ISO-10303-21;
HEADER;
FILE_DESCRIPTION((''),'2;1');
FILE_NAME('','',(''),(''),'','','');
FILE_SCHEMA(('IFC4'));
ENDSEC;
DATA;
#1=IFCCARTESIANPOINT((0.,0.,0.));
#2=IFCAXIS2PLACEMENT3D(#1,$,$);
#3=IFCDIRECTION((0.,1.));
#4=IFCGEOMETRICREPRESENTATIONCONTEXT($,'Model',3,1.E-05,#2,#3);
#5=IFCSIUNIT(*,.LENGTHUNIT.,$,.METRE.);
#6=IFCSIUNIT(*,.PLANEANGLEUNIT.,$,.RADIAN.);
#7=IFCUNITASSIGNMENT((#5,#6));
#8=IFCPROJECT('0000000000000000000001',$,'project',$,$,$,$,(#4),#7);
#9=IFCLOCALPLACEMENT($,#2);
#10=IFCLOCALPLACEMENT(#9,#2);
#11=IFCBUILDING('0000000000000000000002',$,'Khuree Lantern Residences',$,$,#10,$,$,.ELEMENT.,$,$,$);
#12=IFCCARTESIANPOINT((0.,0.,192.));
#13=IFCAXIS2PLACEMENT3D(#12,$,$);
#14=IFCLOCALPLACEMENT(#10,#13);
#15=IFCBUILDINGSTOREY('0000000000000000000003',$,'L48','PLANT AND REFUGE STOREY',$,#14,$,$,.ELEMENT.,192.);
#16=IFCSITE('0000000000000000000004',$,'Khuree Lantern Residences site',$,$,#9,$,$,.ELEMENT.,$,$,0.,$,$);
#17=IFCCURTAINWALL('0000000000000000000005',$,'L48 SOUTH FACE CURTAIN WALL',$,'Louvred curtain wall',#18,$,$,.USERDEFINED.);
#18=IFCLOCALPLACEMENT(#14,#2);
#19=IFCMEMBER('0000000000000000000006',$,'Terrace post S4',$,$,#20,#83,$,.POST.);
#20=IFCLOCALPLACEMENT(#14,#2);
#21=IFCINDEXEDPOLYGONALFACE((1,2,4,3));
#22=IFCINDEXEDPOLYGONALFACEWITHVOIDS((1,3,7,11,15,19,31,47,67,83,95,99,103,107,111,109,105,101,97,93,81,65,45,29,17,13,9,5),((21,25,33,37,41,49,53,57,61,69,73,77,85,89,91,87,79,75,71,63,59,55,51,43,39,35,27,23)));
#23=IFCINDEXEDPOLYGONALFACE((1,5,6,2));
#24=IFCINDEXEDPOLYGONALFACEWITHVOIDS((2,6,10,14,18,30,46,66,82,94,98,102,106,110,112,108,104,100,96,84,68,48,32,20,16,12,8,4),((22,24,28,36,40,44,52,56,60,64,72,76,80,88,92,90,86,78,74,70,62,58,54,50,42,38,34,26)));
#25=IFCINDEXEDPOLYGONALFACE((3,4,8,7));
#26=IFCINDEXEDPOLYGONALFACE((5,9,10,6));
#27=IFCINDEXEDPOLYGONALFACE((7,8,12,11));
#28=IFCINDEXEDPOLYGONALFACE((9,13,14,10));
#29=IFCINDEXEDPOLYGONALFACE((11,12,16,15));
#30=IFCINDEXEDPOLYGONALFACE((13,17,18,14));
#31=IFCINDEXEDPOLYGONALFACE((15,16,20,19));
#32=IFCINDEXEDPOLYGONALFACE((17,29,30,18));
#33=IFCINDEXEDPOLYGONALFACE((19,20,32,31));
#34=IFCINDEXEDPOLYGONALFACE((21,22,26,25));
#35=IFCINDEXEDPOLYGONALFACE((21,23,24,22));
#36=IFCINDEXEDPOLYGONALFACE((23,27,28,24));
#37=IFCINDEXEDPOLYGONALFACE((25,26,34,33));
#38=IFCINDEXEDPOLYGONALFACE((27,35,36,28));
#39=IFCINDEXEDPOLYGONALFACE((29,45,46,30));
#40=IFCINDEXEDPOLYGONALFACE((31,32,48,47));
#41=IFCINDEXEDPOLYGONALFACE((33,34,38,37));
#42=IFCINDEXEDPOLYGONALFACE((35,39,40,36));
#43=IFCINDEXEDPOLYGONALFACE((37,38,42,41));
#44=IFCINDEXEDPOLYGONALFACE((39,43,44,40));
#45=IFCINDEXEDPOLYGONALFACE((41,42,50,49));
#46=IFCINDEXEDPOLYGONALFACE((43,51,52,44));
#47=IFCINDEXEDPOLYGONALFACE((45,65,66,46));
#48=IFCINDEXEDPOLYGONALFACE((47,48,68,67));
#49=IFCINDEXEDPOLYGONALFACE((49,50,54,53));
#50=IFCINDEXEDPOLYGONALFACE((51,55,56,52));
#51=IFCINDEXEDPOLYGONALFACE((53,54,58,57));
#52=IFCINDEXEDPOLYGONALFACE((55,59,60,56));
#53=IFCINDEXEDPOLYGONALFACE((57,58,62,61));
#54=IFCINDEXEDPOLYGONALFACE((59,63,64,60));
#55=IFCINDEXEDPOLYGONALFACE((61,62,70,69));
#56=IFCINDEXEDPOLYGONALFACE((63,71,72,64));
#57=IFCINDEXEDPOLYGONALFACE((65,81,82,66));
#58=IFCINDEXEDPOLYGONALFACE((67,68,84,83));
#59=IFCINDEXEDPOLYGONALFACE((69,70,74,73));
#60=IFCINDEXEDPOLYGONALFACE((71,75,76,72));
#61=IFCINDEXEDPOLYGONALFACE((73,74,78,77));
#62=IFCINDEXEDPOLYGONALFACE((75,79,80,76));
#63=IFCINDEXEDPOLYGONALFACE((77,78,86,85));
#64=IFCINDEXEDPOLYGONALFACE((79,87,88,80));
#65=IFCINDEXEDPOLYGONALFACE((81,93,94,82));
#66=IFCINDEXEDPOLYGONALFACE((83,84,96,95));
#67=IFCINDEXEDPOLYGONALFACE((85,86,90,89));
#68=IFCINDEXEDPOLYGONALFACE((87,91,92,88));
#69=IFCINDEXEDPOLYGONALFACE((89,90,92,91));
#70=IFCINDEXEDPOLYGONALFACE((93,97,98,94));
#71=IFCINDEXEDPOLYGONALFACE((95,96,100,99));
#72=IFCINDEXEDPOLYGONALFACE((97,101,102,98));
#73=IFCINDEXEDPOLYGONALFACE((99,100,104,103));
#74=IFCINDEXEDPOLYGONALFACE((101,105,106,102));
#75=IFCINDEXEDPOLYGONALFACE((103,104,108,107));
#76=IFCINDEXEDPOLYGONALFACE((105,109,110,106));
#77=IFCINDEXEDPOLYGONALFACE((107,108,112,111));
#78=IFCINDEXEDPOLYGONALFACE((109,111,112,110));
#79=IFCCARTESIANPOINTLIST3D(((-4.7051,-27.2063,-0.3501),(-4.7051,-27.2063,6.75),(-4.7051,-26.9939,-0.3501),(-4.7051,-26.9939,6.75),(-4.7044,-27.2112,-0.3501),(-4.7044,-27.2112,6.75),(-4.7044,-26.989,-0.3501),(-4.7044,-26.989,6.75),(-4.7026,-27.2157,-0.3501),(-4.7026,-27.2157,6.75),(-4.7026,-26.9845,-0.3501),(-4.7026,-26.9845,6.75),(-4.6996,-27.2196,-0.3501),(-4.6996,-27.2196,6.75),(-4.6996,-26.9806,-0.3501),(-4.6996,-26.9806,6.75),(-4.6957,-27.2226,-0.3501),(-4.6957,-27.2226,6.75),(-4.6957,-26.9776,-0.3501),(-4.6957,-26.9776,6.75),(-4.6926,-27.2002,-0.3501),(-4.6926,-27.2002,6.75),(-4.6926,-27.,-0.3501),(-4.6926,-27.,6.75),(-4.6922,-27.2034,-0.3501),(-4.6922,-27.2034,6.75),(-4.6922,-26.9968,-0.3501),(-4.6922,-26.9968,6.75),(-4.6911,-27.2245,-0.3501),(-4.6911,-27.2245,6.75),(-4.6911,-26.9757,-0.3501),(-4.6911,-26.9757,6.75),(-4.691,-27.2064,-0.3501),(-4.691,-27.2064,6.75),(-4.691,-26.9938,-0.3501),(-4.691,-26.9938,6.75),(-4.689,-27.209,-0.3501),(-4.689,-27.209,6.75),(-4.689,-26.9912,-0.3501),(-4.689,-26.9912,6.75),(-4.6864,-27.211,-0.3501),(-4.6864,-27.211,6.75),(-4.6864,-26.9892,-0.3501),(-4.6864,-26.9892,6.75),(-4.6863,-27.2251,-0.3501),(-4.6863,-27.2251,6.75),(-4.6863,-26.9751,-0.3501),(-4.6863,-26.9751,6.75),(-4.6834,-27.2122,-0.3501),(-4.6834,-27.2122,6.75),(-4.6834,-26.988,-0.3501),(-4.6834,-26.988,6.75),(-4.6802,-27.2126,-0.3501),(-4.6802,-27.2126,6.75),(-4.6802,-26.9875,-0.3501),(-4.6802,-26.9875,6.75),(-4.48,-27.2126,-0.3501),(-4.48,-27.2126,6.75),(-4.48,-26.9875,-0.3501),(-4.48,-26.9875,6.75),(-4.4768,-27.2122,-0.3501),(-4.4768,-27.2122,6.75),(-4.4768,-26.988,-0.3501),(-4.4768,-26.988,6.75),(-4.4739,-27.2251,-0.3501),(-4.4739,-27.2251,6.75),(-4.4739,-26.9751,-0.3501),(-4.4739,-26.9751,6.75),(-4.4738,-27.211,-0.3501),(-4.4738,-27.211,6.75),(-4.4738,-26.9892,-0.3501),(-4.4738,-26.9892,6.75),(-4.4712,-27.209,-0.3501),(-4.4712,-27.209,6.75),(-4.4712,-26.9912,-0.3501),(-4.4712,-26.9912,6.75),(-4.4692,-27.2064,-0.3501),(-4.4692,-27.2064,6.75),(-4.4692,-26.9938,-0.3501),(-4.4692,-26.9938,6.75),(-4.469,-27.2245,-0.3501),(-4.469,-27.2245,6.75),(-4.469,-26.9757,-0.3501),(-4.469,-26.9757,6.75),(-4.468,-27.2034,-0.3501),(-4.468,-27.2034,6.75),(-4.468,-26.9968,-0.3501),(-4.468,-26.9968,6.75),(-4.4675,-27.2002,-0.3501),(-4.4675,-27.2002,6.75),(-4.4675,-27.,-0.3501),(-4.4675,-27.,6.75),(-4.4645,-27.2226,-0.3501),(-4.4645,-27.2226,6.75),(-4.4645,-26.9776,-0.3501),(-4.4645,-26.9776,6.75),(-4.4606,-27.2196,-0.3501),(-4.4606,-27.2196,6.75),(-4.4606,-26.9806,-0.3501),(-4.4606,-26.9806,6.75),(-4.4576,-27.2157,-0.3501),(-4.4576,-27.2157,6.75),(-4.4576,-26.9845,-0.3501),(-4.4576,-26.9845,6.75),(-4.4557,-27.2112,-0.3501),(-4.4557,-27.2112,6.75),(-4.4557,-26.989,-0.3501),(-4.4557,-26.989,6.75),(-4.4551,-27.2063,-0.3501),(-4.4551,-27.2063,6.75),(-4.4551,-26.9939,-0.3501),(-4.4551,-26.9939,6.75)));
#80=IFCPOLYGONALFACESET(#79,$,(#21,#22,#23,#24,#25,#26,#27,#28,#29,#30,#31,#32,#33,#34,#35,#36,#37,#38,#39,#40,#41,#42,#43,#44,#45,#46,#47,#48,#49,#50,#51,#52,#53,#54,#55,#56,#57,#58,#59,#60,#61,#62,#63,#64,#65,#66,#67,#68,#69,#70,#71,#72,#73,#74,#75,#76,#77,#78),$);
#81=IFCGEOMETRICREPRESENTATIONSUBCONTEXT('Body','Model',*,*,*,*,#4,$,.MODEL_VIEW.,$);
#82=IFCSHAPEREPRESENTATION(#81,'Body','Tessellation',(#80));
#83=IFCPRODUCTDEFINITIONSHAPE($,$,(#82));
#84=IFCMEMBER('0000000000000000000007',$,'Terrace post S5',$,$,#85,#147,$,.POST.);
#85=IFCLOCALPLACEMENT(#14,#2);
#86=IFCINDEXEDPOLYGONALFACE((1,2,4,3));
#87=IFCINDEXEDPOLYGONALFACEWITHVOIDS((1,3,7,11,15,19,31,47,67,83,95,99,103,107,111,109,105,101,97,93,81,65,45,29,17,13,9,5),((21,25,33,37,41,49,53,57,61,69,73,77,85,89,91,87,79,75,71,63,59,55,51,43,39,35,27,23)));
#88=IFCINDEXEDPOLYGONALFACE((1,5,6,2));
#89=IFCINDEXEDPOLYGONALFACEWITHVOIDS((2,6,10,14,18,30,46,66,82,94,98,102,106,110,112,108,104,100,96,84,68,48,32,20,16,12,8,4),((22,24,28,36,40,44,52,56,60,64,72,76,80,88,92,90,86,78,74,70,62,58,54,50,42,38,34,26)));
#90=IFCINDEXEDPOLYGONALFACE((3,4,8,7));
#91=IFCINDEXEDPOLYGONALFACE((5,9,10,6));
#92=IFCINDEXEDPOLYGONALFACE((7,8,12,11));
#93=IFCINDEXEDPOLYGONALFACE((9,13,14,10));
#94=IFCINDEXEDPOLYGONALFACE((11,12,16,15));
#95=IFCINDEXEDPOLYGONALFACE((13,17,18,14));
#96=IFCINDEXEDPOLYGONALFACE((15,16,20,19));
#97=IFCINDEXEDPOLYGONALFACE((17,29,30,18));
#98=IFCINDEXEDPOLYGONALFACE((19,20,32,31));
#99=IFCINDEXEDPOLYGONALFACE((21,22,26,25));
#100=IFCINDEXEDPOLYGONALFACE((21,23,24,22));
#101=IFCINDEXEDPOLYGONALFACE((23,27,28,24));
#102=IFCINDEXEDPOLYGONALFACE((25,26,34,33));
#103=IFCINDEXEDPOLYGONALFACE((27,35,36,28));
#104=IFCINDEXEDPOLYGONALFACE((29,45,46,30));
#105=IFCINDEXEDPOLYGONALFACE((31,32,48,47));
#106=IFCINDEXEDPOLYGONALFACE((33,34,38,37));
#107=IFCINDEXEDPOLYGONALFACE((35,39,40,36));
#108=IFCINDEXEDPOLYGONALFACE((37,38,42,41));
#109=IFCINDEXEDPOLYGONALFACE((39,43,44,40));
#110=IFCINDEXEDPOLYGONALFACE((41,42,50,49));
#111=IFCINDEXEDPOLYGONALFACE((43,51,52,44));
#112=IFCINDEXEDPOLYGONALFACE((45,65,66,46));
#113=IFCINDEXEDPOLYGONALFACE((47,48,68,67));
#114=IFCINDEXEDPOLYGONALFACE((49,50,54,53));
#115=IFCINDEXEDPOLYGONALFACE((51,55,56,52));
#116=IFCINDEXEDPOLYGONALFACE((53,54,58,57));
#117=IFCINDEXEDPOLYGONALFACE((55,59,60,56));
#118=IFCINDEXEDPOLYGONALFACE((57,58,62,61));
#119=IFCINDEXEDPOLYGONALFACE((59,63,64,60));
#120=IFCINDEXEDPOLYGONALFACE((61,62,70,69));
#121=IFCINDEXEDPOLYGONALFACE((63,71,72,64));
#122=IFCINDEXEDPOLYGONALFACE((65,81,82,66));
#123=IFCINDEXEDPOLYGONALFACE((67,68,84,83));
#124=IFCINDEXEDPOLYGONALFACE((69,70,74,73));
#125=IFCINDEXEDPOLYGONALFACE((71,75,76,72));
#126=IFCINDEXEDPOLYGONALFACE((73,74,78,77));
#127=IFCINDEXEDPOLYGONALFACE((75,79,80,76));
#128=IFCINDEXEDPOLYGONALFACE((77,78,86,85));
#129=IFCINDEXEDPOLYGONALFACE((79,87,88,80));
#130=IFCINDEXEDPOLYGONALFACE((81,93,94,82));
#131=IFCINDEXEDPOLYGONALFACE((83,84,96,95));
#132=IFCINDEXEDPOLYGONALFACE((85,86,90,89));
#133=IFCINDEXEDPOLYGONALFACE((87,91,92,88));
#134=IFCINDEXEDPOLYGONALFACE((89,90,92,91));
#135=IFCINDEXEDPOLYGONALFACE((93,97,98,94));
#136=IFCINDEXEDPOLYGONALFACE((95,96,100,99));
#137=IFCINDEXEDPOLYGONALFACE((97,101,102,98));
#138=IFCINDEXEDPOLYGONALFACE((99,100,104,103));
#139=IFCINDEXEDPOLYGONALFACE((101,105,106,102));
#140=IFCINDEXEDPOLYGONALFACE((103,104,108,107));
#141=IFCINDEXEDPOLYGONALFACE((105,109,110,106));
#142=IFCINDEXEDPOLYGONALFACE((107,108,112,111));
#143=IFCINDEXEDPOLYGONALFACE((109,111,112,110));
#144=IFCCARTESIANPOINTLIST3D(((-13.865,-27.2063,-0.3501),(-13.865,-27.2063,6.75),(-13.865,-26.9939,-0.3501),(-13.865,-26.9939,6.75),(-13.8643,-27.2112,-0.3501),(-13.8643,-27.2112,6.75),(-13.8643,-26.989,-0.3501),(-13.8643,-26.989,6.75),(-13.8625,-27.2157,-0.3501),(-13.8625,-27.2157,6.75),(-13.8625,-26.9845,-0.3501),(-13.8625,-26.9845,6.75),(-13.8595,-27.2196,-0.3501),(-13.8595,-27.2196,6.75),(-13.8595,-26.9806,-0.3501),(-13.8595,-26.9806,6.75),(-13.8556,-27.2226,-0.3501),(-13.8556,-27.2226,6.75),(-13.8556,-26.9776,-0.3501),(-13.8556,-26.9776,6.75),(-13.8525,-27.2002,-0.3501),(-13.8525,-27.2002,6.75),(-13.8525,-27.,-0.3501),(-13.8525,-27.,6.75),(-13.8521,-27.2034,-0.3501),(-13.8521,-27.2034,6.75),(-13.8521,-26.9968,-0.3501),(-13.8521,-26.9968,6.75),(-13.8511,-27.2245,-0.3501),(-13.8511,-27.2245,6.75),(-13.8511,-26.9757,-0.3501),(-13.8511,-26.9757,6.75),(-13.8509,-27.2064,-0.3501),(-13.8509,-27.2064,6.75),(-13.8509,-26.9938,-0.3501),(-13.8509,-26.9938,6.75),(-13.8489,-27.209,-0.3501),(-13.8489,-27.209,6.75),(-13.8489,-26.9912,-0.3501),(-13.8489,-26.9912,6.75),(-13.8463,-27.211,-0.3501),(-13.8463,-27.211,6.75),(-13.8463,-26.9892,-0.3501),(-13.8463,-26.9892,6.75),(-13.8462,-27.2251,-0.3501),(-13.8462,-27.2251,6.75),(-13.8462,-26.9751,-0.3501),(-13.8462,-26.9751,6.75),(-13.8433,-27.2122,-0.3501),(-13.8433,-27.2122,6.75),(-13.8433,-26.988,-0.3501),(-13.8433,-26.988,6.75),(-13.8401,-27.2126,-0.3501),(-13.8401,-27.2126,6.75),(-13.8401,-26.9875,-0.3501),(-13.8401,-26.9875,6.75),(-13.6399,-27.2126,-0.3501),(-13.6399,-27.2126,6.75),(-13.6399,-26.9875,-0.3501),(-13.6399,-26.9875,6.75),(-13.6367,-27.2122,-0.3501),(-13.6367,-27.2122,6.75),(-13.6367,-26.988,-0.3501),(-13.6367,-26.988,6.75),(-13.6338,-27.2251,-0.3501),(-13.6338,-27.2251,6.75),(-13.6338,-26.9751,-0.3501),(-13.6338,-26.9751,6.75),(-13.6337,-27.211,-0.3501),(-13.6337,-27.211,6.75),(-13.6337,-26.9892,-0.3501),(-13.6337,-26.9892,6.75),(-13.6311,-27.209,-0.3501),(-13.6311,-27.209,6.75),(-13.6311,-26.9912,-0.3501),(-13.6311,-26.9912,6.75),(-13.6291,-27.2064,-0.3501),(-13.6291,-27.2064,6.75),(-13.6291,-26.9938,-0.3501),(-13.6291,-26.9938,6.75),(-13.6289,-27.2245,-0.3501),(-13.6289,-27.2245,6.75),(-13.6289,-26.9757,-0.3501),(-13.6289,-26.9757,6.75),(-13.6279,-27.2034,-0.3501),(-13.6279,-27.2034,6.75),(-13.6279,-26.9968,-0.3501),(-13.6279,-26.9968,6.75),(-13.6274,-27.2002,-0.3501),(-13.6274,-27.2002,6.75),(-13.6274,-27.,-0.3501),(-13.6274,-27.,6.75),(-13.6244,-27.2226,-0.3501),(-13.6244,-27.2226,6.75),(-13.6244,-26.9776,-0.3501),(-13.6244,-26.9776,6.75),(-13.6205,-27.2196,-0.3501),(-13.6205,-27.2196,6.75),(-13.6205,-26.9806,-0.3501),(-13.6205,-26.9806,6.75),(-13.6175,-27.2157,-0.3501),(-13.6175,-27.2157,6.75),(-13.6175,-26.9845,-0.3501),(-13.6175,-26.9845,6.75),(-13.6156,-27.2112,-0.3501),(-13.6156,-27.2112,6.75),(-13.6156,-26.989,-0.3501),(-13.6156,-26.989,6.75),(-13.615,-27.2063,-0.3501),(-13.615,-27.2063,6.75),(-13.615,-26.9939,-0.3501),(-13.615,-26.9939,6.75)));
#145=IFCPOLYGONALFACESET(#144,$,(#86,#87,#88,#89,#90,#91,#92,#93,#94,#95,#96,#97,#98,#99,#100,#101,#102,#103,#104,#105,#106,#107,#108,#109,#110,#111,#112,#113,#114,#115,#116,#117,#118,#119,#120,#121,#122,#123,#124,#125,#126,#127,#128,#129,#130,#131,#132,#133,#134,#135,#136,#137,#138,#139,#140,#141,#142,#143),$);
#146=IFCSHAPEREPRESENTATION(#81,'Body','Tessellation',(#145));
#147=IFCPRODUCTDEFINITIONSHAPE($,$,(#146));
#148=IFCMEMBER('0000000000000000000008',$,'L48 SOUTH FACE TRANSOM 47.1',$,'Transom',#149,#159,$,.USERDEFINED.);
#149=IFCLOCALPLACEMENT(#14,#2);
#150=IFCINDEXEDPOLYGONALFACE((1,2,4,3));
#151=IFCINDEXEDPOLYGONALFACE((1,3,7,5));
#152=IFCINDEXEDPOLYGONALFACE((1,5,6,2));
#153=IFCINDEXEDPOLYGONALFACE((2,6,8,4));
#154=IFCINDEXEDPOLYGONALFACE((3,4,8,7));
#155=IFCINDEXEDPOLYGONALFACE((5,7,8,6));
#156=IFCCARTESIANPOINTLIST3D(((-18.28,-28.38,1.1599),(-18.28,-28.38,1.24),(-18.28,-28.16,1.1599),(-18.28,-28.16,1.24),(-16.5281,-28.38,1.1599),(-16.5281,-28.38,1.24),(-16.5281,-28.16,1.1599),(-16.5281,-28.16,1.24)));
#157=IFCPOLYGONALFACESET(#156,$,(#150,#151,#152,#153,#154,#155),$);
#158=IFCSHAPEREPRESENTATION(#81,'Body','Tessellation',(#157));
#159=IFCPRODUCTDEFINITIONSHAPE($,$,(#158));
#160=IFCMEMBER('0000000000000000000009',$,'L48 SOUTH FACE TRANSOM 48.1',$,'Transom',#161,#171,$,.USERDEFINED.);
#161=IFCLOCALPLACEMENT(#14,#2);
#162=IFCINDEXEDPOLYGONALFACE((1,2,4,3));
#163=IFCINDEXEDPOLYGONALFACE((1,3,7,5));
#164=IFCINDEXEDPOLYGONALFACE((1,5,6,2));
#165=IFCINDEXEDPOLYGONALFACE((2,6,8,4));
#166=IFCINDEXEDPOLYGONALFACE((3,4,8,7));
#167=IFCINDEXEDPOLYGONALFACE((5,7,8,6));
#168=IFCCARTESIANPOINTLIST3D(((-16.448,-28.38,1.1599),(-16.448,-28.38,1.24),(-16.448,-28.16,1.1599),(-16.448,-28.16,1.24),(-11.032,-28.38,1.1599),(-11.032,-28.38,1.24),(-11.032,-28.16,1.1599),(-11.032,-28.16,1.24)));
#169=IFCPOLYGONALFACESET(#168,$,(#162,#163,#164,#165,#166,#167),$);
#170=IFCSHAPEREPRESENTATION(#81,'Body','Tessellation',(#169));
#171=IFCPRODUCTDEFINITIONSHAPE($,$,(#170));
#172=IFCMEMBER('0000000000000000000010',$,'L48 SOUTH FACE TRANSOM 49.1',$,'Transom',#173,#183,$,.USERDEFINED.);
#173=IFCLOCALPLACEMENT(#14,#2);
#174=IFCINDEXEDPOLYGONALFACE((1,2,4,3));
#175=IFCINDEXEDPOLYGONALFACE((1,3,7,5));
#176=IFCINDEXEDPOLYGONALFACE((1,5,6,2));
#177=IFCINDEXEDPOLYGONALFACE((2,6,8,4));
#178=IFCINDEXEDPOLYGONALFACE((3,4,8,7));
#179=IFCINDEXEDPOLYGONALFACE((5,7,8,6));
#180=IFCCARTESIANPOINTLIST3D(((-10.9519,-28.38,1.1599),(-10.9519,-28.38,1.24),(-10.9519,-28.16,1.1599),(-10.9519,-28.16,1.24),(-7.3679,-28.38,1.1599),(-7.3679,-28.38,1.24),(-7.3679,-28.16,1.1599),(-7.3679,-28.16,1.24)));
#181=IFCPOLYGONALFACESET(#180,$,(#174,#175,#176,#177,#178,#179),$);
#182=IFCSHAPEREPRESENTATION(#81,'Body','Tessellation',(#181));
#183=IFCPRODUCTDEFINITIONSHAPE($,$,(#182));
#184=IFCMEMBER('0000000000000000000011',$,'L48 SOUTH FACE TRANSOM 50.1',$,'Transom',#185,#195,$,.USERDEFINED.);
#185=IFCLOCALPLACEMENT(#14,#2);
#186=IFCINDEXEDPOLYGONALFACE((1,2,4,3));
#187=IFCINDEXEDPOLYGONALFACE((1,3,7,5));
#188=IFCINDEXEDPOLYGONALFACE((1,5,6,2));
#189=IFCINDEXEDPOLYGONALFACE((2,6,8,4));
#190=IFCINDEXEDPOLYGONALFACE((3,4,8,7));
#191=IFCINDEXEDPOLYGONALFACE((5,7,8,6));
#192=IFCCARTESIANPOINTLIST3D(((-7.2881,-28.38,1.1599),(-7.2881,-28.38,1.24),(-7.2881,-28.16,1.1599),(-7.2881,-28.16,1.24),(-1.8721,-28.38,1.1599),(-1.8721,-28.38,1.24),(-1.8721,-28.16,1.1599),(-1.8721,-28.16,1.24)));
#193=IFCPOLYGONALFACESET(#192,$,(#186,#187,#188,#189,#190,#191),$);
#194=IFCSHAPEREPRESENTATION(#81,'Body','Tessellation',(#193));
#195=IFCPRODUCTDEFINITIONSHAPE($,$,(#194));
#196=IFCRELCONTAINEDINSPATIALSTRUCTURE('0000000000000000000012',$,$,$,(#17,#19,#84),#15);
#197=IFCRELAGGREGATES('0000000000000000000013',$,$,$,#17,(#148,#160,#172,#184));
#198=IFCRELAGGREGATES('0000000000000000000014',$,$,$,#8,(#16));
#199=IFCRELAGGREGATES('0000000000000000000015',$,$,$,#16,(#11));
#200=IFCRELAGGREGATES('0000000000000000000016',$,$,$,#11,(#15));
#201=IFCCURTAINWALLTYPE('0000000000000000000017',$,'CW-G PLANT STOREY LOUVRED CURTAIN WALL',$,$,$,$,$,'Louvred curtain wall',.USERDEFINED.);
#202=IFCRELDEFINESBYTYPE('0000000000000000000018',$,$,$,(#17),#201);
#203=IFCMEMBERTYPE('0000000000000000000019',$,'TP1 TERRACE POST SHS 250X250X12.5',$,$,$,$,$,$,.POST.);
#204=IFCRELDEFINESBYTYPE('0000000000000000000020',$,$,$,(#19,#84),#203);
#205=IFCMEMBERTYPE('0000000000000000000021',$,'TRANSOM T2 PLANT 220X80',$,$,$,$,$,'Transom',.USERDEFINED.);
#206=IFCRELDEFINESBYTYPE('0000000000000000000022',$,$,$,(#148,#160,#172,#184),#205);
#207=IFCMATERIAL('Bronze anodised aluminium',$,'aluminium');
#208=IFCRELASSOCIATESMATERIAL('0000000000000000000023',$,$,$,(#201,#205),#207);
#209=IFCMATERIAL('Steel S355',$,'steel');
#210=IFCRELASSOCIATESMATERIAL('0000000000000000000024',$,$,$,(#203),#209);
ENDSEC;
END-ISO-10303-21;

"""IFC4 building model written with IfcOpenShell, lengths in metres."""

from ifc_helpers import new_model, si_unit, direction, frame, origin, origin_2d, place, context, subcontext, project, spatial, rectangle, hollow_rectangle, extrude, material, material_profile, profile_set, type_object, element, aggregate, save


model = new_model("IFC4")

# Units and contexts
model_context = context("Model", 3, precision=1e-05, world=origin(), true_north=direction((0.0, 1.0)))
body_context = subcontext(model_context, "Body", "Model", "MODEL_VIEW")
ifc_project = project(units=[si_unit("LENGTHUNIT", "METRE"), si_unit("PLANEANGLEUNIT", "RADIAN")], contexts=[model_context])

# Site, building, storey
site_placement = place(None, origin())
site = spatial("IfcSite", under=ifc_project, at=site_placement, Name="Khuree Lantern Residences site", CompositionType="ELEMENT", RefElevation=0.0)
building_placement = place(site_placement, origin())
building = spatial("IfcBuilding", under=site, at=building_placement, Name="Khuree Lantern Residences", CompositionType="ELEMENT")
storey_placement = place(building_placement, frame((0.0, 0.0, 192.0)))
storey = spatial("IfcBuildingStorey", under=building, at=storey_placement, Name="L48", Description="PLANT AND REFUGE STOREY", CompositionType="ELEMENT", Elevation=192.0)

# Shared definitions
ifc_material_1 = material(Name="Steel S355", Category="steel")

# Curtain wall
ifc_material_2 = material(Name="Bronze anodised aluminium", Category="aluminium")
curtain_wall_type = type_object("IfcCurtainWallType", Name="CW-G PLANT STOREY LOUVRED CURTAIN WALL", ElementType="Louvred curtain wall", PredefinedType="USERDEFINED", material=ifc_material_2)
curtain_wall_placement = place(storey_placement, origin())
curtain_wall = element("IfcCurtainWall", 1, at=curtain_wall_placement, inside=storey, type_object=curtain_wall_type, Name="L48 SOUTH FACE CURTAIN WALL", ObjectType="Louvred curtain wall", PredefinedType="USERDEFINED")

# Members
ifc_material_profile_1 = material_profile(ifc_material_1, hollow_rectangle(XDim=0.25, YDim=0.25, WallThickness=0.0125, InnerFilletRadius=0.0125, OuterFilletRadius=0.0188, at=origin_2d()), Name="SHS 250X250X12.5")
ifc_profile_set_1 = profile_set([ifc_material_profile_1], Name="Steel S355")
member_type_1 = type_object("IfcMemberType", Name="TP1 TERRACE POST SHS 250X250X12.5", PredefinedType="POST", material=ifc_profile_set_1)
for number, where, z_axis, x_axis, name in (
    (2, (-4.5801, -27.1001, -0.3501), (0.0, 0.0, 1.0), (1.0, 0.0, 0.0), "Terrace post S4"),
    (3, (-13.74, -27.1001, -0.3501), (0.0, 0.0, 1.0), (1.0, 0.0, 0.0), "Terrace post S5"),
):
    element("IfcMember", number, at=place(storey_placement, frame(where, z_axis=z_axis, x_axis=x_axis)), inside=storey, type_object=member_type_1, Name=name, PredefinedType="POST", context=body_context, shape_type="SweptSolid", body=[
        extrude(hollow_rectangle(XDim=0.25, YDim=0.25, WallThickness=0.0125, InnerFilletRadius=0.0125, OuterFilletRadius=0.0188, at=origin_2d()), origin(), (0.0, 0.0, 1.0), 7.1001),
    ])

# Members
ifc_material_profile_2 = material_profile(ifc_material_2, rectangle(XDim=0.22, YDim=0.0801, at=origin_2d()), Name="T2 220X80")
ifc_profile_set_2 = profile_set([ifc_material_profile_2], Name="Bronze anodised aluminium")
member_type_2 = type_object("IfcMemberType", Name="TRANSOM T2 PLANT 220X80", ElementType="Transom", PredefinedType="USERDEFINED", material=ifc_profile_set_2)
member_1_placement = place(storey_placement, frame((-18.28, -28.27, 1.2), z_axis=(1.0, 0.0, 0.0), x_axis=(0.0, 1.0, 0.0)))
member_1 = element("IfcMember", 4, at=member_1_placement, type_object=member_type_2, Name="L48 SOUTH FACE TRANSOM 47.1", ObjectType="Transom", PredefinedType="USERDEFINED", context=body_context, shape_type="SweptSolid", body=[
    extrude(rectangle(XDim=0.22, YDim=0.0801, at=origin_2d()), origin(), (0.0, 0.0, 1.0), 1.752),
])
member_2_placement = place(storey_placement, frame((-16.448, -28.27, 1.2), z_axis=(1.0, 0.0, 0.0), x_axis=(0.0, 1.0, 0.0)))
member_2 = element("IfcMember", 5, at=member_2_placement, type_object=member_type_2, Name="L48 SOUTH FACE TRANSOM 48.1", ObjectType="Transom", PredefinedType="USERDEFINED", context=body_context, shape_type="SweptSolid", body=[
    extrude(rectangle(XDim=0.22, YDim=0.0801, at=origin_2d()), origin(), (0.0, 0.0, 1.0), 5.416),
])
member_3_placement = place(storey_placement, frame((-10.9519, -28.27, 1.2), z_axis=(1.0, 0.0, 0.0), x_axis=(0.0, 1.0, 0.0)))
member_3 = element("IfcMember", 6, at=member_3_placement, type_object=member_type_2, Name="L48 SOUTH FACE TRANSOM 49.1", ObjectType="Transom", PredefinedType="USERDEFINED", context=body_context, shape_type="SweptSolid", body=[
    extrude(rectangle(XDim=0.22, YDim=0.0801, at=origin_2d()), origin(), (0.0, 0.0, 1.0), 3.584),
])
member_4_placement = place(storey_placement, frame((-7.2881, -28.27, 1.2), z_axis=(1.0, 0.0, 0.0), x_axis=(0.0, 1.0, 0.0)))
member_4 = element("IfcMember", 7, at=member_4_placement, type_object=member_type_2, Name="L48 SOUTH FACE TRANSOM 50.1", ObjectType="Transom", PredefinedType="USERDEFINED", context=body_context, shape_type="SweptSolid", body=[
    extrude(rectangle(XDim=0.22, YDim=0.0801, at=origin_2d()), origin(), (0.0, 0.0, 1.0), 5.416),
])

aggregate(curtain_wall, [member_1, member_2, member_3, member_4])

save(model, "model.ifc")
